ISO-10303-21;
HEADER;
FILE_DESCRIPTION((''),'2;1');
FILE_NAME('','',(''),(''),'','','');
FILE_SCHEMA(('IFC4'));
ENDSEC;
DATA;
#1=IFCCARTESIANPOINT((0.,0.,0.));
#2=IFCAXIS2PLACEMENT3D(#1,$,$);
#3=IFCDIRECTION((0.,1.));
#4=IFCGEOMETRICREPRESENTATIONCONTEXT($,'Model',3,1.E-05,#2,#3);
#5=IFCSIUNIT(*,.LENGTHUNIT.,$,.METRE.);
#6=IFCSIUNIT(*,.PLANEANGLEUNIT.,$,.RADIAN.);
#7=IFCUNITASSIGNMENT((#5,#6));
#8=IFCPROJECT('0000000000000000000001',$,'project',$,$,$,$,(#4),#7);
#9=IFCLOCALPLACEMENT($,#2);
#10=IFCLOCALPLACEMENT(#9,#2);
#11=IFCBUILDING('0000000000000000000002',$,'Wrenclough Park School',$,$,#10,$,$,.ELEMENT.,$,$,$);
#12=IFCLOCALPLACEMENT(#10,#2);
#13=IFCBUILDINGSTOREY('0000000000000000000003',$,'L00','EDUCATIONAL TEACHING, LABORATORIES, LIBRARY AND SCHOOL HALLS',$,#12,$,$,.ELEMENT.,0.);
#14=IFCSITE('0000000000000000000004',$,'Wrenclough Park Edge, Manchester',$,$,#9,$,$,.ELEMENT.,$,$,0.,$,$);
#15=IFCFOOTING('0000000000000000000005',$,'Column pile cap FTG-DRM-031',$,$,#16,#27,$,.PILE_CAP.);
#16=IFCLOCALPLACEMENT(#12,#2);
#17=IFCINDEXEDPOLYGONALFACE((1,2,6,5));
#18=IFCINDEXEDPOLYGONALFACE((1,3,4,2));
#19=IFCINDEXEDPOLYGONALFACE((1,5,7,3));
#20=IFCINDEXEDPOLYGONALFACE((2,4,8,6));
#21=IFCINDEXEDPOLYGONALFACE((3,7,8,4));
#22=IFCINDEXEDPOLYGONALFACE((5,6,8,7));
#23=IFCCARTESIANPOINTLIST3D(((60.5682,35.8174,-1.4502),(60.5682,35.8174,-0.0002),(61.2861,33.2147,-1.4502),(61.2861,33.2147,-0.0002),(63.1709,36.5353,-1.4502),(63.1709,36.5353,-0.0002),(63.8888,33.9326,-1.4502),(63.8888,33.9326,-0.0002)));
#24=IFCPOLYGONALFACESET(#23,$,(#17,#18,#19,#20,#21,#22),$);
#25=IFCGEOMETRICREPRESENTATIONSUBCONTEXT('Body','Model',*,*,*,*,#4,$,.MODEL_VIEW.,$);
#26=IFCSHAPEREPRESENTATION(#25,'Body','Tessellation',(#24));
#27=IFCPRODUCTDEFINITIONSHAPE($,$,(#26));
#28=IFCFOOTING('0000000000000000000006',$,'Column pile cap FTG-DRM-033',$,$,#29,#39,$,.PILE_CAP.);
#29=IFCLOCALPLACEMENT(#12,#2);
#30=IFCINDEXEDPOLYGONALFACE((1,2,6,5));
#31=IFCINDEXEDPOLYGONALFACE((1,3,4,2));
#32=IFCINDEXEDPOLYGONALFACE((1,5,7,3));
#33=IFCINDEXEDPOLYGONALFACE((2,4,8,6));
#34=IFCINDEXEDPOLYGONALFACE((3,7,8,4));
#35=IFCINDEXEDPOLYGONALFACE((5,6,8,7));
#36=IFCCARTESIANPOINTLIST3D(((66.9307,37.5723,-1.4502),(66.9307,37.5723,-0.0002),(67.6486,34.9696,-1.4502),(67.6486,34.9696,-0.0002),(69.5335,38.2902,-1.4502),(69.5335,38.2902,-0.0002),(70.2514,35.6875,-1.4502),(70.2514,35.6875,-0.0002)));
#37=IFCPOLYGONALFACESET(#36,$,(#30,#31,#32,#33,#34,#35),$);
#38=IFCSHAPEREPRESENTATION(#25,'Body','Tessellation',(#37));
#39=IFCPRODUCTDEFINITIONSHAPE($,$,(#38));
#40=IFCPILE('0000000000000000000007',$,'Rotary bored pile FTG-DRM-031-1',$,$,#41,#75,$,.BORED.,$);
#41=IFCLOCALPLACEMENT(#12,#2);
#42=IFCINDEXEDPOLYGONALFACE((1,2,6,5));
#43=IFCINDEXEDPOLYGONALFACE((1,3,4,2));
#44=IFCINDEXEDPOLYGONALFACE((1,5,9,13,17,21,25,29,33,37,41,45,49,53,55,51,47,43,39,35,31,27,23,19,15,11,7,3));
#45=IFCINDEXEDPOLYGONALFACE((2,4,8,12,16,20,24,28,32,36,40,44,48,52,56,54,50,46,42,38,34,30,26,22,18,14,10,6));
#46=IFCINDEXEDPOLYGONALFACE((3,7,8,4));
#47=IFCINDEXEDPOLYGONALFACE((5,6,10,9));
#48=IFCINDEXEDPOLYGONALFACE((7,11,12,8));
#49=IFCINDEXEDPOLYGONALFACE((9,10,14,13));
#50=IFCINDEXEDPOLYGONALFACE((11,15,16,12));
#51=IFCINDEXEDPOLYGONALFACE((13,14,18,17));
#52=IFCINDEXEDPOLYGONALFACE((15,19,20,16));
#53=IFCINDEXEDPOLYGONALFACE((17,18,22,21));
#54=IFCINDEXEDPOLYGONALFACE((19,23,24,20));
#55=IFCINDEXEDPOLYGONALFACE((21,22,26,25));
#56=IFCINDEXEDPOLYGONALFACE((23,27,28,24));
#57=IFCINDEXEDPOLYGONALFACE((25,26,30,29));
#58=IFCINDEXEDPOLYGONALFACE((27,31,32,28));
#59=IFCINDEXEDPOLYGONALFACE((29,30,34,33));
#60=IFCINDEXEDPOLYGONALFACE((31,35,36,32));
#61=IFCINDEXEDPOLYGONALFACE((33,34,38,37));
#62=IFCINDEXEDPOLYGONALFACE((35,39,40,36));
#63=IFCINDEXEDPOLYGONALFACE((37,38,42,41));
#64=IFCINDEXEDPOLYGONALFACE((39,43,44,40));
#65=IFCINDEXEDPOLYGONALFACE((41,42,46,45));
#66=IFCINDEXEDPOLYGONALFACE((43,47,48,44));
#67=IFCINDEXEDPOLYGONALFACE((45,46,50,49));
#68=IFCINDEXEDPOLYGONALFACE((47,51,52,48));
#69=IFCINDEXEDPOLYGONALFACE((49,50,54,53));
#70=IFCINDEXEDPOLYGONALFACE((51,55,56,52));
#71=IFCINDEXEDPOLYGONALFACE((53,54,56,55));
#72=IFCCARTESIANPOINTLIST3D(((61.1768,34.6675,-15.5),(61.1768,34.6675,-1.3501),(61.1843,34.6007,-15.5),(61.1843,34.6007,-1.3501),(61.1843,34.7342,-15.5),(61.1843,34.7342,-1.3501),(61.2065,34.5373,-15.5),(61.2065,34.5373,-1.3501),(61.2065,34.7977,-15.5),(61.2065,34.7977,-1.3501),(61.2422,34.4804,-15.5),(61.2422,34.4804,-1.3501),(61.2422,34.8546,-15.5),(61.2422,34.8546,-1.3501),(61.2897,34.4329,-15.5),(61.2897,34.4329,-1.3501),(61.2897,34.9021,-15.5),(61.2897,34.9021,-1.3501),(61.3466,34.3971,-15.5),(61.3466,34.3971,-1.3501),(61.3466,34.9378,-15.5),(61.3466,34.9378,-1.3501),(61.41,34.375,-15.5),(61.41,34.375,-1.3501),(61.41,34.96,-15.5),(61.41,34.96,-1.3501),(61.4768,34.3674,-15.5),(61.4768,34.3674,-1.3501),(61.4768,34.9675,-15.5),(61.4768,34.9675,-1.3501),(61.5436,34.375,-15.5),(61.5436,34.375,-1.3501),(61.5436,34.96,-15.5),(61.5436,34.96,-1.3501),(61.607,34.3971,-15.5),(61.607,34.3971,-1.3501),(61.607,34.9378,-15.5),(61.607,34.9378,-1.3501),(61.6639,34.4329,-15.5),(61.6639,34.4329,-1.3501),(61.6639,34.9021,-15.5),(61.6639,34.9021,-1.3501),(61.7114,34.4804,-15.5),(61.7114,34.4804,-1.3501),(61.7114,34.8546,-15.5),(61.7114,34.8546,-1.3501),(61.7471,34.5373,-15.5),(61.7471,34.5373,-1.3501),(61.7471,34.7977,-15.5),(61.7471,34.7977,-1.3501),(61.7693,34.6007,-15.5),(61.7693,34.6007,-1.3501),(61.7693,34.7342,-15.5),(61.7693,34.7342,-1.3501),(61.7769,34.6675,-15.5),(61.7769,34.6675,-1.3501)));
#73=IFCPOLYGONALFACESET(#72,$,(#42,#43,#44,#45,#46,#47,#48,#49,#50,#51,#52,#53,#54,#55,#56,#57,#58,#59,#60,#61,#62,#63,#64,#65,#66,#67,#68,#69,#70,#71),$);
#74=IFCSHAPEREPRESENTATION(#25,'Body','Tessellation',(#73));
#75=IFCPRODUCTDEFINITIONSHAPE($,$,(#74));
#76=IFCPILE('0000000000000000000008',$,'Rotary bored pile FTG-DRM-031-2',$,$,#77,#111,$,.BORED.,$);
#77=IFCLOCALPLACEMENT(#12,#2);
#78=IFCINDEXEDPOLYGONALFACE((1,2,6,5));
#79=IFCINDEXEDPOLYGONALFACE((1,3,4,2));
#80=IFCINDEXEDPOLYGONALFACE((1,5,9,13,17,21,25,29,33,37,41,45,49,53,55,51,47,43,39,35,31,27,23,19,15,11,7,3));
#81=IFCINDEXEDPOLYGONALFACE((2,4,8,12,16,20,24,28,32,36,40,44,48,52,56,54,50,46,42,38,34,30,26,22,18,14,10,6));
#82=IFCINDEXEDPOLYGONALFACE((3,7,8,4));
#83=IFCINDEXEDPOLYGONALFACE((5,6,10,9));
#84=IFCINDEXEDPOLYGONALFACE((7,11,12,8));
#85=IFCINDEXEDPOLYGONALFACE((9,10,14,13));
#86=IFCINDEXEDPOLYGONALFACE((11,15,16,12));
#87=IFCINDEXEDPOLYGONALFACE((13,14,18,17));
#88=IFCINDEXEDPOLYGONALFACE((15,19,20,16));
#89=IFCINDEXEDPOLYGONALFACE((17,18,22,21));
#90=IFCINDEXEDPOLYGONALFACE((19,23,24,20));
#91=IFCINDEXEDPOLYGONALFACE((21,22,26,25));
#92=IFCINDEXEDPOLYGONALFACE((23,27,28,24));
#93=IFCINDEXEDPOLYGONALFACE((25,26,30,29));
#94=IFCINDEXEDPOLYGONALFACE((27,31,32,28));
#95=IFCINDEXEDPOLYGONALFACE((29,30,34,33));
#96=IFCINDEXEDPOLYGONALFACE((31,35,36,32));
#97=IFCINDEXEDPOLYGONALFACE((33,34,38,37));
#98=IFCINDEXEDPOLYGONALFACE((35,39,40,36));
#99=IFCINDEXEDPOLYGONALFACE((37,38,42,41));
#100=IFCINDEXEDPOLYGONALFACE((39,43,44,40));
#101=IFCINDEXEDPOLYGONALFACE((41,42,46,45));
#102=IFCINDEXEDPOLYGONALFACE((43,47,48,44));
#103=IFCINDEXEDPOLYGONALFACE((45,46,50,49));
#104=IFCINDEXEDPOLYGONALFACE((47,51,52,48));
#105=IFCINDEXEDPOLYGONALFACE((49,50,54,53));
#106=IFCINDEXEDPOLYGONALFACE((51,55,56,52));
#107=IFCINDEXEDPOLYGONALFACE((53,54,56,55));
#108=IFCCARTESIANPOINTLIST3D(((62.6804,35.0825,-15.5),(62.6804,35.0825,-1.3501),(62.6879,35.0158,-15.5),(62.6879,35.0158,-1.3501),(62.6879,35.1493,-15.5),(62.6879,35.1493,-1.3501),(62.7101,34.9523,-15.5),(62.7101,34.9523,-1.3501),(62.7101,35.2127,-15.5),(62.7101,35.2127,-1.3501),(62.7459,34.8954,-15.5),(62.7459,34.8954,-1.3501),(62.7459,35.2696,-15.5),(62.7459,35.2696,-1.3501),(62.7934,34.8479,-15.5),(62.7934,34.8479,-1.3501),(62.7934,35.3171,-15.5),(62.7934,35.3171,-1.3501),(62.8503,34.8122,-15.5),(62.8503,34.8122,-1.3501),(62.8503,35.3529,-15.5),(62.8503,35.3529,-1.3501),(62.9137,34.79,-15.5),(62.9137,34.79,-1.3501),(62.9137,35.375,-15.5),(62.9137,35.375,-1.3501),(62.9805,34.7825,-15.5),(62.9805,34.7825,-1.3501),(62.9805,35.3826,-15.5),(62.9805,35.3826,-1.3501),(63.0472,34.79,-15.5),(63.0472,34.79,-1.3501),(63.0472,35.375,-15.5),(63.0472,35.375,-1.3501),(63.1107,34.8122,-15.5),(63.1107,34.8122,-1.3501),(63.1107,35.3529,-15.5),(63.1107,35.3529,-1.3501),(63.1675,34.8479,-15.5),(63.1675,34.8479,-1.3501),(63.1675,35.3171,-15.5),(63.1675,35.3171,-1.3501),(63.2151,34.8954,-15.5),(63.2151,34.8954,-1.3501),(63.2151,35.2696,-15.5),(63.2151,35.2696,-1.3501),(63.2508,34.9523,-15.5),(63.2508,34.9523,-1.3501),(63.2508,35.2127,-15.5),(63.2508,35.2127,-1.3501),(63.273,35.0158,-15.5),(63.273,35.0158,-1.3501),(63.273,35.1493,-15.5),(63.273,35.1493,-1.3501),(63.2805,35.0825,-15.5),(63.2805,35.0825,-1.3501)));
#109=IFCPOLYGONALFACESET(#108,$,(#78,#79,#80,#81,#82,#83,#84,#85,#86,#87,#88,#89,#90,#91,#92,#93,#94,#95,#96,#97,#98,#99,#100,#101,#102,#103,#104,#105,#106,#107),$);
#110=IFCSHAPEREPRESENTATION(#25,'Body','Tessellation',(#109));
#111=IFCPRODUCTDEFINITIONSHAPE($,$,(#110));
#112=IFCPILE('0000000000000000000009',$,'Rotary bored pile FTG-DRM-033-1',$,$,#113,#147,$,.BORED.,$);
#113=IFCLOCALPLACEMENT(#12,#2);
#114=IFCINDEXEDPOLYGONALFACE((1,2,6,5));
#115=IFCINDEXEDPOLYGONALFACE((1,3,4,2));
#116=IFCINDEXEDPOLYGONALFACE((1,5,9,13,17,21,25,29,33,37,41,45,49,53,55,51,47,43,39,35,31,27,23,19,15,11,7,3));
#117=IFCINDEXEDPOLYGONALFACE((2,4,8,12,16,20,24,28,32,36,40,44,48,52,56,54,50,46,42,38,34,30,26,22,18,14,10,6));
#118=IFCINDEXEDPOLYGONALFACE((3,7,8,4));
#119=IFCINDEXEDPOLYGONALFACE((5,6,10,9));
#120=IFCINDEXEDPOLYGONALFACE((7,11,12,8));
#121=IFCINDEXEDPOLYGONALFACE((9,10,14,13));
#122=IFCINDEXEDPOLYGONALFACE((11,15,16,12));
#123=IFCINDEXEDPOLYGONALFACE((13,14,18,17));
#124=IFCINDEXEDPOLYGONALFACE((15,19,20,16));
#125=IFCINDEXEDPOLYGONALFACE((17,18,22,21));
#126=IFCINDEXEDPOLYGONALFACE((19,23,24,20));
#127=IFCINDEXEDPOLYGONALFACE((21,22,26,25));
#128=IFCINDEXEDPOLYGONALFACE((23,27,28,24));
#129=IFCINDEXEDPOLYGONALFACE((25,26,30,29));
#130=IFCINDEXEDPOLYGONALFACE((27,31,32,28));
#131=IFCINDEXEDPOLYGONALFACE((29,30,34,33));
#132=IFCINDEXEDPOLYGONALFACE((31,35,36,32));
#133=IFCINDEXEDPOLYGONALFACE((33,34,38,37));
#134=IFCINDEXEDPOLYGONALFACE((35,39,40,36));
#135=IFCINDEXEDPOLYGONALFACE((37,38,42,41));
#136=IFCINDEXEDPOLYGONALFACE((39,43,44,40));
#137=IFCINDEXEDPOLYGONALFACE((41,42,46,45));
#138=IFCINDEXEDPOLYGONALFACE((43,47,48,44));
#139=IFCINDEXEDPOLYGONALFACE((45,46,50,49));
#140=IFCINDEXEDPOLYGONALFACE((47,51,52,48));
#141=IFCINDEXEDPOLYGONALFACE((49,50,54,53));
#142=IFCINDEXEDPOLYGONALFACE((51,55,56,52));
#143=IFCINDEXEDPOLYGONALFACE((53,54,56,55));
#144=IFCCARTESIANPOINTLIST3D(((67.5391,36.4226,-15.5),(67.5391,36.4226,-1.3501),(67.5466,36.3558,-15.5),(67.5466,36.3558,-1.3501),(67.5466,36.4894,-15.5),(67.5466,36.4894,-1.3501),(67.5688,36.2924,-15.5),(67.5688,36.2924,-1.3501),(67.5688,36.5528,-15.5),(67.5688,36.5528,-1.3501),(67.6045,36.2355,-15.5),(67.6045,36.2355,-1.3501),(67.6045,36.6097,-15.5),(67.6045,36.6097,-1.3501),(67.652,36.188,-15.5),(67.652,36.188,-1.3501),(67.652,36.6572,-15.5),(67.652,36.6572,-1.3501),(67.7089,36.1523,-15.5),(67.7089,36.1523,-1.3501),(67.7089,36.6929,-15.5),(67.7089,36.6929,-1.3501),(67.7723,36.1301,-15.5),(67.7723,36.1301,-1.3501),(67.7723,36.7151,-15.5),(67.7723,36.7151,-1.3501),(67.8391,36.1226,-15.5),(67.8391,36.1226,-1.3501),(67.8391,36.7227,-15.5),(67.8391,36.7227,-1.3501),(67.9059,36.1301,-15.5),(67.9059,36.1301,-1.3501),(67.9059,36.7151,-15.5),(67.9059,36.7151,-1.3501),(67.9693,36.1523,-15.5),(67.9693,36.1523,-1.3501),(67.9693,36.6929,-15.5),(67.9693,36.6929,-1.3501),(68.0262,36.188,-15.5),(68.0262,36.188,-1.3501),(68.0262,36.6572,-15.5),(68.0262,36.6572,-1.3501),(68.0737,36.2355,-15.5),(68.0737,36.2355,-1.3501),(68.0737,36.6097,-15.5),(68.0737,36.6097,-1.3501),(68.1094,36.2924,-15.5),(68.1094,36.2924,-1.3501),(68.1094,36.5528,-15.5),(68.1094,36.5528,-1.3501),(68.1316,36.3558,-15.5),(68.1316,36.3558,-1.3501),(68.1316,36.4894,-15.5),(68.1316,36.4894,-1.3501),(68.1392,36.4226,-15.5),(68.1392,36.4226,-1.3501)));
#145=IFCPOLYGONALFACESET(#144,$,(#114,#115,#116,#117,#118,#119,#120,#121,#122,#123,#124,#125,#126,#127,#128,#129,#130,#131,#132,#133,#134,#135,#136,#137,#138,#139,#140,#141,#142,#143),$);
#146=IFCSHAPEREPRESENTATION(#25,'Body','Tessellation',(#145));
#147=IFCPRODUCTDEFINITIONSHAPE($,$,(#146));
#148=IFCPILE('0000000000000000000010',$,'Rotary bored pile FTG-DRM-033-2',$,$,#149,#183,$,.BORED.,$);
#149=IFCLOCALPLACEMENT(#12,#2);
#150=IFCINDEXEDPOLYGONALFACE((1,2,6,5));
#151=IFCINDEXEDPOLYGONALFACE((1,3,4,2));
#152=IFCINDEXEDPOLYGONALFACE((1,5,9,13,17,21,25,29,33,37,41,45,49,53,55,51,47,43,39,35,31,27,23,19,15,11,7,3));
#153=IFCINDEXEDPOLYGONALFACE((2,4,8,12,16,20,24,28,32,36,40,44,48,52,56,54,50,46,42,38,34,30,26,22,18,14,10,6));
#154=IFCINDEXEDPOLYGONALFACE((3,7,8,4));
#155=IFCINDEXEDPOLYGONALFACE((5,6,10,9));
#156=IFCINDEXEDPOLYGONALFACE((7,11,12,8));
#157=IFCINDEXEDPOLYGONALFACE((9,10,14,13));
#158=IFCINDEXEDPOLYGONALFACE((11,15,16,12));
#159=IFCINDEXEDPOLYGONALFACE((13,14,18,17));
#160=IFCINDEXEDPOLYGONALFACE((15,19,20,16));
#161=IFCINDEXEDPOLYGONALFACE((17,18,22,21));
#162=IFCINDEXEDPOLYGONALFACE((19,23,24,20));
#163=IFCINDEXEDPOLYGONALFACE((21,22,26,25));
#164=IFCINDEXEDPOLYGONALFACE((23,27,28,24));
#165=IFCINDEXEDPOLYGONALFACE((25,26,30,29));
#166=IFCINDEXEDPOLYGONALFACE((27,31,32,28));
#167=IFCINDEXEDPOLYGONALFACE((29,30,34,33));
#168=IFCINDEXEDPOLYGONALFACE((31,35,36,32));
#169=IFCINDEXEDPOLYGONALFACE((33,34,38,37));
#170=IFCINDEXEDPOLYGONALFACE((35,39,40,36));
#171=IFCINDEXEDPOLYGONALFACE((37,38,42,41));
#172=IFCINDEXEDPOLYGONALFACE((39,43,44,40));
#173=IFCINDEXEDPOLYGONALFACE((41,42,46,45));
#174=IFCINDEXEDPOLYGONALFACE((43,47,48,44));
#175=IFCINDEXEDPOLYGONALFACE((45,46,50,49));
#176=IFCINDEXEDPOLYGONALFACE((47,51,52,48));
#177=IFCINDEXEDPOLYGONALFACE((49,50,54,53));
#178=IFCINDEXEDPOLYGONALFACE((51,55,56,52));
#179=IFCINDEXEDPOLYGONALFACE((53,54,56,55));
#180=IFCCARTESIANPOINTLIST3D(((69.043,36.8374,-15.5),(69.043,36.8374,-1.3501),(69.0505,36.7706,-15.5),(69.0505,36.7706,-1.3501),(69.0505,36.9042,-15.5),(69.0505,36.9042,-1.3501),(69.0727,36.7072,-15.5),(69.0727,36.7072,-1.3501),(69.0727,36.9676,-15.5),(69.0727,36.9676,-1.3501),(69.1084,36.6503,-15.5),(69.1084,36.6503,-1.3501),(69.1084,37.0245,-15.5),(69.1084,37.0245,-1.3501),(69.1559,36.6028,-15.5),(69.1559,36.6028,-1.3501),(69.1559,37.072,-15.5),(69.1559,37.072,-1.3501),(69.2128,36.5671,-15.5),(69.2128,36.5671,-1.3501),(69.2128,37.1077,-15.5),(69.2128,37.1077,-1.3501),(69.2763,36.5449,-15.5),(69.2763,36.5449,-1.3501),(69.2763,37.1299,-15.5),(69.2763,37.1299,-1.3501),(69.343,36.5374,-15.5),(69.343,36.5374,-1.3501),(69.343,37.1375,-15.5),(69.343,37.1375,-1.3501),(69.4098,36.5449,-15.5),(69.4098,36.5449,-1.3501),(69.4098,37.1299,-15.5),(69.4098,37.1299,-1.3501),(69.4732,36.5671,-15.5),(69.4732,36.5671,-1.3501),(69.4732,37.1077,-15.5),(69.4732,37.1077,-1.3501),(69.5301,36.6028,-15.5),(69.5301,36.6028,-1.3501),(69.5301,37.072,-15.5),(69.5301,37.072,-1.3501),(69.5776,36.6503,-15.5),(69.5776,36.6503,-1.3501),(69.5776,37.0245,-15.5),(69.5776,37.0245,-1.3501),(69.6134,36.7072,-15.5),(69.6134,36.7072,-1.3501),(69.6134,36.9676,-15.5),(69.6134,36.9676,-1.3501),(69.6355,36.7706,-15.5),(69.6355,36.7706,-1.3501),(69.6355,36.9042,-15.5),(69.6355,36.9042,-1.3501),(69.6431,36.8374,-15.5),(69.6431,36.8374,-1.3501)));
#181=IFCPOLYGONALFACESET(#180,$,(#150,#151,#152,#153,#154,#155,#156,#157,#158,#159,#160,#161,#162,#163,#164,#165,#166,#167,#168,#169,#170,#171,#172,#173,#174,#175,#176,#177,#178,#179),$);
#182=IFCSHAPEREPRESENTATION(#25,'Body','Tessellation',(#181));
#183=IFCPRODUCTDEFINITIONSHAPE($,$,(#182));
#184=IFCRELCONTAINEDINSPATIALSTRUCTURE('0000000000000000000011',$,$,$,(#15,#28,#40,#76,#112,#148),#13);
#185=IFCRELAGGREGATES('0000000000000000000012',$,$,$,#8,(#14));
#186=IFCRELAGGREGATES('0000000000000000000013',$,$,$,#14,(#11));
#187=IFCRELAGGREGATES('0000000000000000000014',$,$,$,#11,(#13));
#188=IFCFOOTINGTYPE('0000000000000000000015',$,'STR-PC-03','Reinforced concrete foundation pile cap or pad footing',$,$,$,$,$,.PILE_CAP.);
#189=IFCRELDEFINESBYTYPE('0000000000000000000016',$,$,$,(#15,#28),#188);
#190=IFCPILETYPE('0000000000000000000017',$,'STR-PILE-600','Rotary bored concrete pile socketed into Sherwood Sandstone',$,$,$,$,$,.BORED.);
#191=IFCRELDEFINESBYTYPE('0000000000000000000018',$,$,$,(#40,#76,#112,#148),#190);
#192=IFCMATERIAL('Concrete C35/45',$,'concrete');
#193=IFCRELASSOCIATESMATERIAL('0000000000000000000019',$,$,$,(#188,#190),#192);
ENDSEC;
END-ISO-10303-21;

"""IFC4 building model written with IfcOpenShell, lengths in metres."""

from ifc_helpers import new_model, si_unit, direction, frame, origin, origin_2d, place, context, subcontext, project, spatial, rectangle, circle, extrude, material, material_profile, profile_set, type_object, element, save


model = new_model("IFC4")

# Units and contexts
model_context = context("Model", 3, precision=1e-05, world=origin(), true_north=direction((0.0, 1.0)))
body_context = subcontext(model_context, "Body", "Model", "MODEL_VIEW")
ifc_project = project(units=[si_unit("LENGTHUNIT", "METRE"), si_unit("PLANEANGLEUNIT", "RADIAN")], contexts=[model_context])

# Site, building, storey
site_placement = place(None, origin())
site = spatial("IfcSite", under=ifc_project, at=site_placement, Name="Wrenclough Park Edge, Manchester", CompositionType="ELEMENT", RefElevation=0.0)
building_placement = place(site_placement, origin())
building = spatial("IfcBuilding", under=site, at=building_placement, Name="Wrenclough Park School", CompositionType="ELEMENT")
storey_placement = place(building_placement, origin())
storey = spatial("IfcBuildingStorey", under=building, at=storey_placement, Name="L00", Description="EDUCATIONAL TEACHING, LABORATORIES, LIBRARY AND SCHOOL HALLS", CompositionType="ELEMENT", Elevation=0.0)

# Footings
ifc_material_1 = material(Name="Concrete C35/45", Category="concrete")
footing_type = type_object("IfcFootingType", Name="STR-PC-03", Description="Reinforced concrete foundation pile cap or pad footing", PredefinedType="PILE_CAP", material=ifc_material_1)
for number, where, z_axis, x_axis, name in (
    (1, (62.2285, 34.875, -1.4502), (0.0, 0.0, 1.0), (0.964003, 0.265893, 0.0), "Column pile cap FTG-DRM-031"),
    (2, (68.5911, 36.6299, -1.4502), (0.0, 0.0, 1.0), (0.964003, 0.265893, 0.0), "Column pile cap FTG-DRM-033"),
):
    element("IfcFooting", number, at=place(storey_placement, frame(where, z_axis=z_axis, x_axis=x_axis)), inside=storey, type_object=footing_type, Name=name, PredefinedType="PILE_CAP", context=body_context, shape_type="SweptSolid", body=[
        extrude(rectangle(XDim=2.7, YDim=2.7, at=origin_2d()), origin(), (0.0, 0.0, 1.0), 1.45),
    ])

# Piles
ifc_material_profile_1 = material_profile(ifc_material_1, circle(Radius=0.3, at=origin_2d()), Name="BORED PILE D600")
ifc_profile_set_1 = profile_set([ifc_material_profile_1], Name="Concrete C35/45")
pile_type = type_object("IfcPileType", Name="STR-PILE-600", Description="Rotary bored concrete pile socketed into Sherwood Sandstone", PredefinedType="BORED", material=ifc_profile_set_1)
for number, where, z_axis, x_axis, name in (
    (3, (61.4768, 34.6675, -1.3501), (0.0, 0.0, -1.0), (1.0, 0.0, 0.0), "Rotary bored pile FTG-DRM-031-1"),
    (4, (62.9805, 35.0825, -1.3501), (0.0, 0.0, -1.0), (1.0, 0.0, 0.0), "Rotary bored pile FTG-DRM-031-2"),
    (5, (67.8391, 36.4226, -1.3501), (0.0, 0.0, -1.0), (1.0, 0.0, 0.0), "Rotary bored pile FTG-DRM-033-1"),
    (6, (69.343, 36.8374, -1.3501), (0.0, 0.0, -1.0), (1.0, 0.0, 0.0), "Rotary bored pile FTG-DRM-033-2"),
):
    element("IfcPile", number, at=place(storey_placement, frame(where, z_axis=z_axis, x_axis=x_axis)), inside=storey, type_object=pile_type, Name=name, PredefinedType="BORED", context=body_context, shape_type="SweptSolid", body=[
        extrude(circle(Radius=0.3, at=origin_2d()), origin(), (0.0, 0.0, 1.0), 14.1499),
    ])

save(model, "model.ifc")
